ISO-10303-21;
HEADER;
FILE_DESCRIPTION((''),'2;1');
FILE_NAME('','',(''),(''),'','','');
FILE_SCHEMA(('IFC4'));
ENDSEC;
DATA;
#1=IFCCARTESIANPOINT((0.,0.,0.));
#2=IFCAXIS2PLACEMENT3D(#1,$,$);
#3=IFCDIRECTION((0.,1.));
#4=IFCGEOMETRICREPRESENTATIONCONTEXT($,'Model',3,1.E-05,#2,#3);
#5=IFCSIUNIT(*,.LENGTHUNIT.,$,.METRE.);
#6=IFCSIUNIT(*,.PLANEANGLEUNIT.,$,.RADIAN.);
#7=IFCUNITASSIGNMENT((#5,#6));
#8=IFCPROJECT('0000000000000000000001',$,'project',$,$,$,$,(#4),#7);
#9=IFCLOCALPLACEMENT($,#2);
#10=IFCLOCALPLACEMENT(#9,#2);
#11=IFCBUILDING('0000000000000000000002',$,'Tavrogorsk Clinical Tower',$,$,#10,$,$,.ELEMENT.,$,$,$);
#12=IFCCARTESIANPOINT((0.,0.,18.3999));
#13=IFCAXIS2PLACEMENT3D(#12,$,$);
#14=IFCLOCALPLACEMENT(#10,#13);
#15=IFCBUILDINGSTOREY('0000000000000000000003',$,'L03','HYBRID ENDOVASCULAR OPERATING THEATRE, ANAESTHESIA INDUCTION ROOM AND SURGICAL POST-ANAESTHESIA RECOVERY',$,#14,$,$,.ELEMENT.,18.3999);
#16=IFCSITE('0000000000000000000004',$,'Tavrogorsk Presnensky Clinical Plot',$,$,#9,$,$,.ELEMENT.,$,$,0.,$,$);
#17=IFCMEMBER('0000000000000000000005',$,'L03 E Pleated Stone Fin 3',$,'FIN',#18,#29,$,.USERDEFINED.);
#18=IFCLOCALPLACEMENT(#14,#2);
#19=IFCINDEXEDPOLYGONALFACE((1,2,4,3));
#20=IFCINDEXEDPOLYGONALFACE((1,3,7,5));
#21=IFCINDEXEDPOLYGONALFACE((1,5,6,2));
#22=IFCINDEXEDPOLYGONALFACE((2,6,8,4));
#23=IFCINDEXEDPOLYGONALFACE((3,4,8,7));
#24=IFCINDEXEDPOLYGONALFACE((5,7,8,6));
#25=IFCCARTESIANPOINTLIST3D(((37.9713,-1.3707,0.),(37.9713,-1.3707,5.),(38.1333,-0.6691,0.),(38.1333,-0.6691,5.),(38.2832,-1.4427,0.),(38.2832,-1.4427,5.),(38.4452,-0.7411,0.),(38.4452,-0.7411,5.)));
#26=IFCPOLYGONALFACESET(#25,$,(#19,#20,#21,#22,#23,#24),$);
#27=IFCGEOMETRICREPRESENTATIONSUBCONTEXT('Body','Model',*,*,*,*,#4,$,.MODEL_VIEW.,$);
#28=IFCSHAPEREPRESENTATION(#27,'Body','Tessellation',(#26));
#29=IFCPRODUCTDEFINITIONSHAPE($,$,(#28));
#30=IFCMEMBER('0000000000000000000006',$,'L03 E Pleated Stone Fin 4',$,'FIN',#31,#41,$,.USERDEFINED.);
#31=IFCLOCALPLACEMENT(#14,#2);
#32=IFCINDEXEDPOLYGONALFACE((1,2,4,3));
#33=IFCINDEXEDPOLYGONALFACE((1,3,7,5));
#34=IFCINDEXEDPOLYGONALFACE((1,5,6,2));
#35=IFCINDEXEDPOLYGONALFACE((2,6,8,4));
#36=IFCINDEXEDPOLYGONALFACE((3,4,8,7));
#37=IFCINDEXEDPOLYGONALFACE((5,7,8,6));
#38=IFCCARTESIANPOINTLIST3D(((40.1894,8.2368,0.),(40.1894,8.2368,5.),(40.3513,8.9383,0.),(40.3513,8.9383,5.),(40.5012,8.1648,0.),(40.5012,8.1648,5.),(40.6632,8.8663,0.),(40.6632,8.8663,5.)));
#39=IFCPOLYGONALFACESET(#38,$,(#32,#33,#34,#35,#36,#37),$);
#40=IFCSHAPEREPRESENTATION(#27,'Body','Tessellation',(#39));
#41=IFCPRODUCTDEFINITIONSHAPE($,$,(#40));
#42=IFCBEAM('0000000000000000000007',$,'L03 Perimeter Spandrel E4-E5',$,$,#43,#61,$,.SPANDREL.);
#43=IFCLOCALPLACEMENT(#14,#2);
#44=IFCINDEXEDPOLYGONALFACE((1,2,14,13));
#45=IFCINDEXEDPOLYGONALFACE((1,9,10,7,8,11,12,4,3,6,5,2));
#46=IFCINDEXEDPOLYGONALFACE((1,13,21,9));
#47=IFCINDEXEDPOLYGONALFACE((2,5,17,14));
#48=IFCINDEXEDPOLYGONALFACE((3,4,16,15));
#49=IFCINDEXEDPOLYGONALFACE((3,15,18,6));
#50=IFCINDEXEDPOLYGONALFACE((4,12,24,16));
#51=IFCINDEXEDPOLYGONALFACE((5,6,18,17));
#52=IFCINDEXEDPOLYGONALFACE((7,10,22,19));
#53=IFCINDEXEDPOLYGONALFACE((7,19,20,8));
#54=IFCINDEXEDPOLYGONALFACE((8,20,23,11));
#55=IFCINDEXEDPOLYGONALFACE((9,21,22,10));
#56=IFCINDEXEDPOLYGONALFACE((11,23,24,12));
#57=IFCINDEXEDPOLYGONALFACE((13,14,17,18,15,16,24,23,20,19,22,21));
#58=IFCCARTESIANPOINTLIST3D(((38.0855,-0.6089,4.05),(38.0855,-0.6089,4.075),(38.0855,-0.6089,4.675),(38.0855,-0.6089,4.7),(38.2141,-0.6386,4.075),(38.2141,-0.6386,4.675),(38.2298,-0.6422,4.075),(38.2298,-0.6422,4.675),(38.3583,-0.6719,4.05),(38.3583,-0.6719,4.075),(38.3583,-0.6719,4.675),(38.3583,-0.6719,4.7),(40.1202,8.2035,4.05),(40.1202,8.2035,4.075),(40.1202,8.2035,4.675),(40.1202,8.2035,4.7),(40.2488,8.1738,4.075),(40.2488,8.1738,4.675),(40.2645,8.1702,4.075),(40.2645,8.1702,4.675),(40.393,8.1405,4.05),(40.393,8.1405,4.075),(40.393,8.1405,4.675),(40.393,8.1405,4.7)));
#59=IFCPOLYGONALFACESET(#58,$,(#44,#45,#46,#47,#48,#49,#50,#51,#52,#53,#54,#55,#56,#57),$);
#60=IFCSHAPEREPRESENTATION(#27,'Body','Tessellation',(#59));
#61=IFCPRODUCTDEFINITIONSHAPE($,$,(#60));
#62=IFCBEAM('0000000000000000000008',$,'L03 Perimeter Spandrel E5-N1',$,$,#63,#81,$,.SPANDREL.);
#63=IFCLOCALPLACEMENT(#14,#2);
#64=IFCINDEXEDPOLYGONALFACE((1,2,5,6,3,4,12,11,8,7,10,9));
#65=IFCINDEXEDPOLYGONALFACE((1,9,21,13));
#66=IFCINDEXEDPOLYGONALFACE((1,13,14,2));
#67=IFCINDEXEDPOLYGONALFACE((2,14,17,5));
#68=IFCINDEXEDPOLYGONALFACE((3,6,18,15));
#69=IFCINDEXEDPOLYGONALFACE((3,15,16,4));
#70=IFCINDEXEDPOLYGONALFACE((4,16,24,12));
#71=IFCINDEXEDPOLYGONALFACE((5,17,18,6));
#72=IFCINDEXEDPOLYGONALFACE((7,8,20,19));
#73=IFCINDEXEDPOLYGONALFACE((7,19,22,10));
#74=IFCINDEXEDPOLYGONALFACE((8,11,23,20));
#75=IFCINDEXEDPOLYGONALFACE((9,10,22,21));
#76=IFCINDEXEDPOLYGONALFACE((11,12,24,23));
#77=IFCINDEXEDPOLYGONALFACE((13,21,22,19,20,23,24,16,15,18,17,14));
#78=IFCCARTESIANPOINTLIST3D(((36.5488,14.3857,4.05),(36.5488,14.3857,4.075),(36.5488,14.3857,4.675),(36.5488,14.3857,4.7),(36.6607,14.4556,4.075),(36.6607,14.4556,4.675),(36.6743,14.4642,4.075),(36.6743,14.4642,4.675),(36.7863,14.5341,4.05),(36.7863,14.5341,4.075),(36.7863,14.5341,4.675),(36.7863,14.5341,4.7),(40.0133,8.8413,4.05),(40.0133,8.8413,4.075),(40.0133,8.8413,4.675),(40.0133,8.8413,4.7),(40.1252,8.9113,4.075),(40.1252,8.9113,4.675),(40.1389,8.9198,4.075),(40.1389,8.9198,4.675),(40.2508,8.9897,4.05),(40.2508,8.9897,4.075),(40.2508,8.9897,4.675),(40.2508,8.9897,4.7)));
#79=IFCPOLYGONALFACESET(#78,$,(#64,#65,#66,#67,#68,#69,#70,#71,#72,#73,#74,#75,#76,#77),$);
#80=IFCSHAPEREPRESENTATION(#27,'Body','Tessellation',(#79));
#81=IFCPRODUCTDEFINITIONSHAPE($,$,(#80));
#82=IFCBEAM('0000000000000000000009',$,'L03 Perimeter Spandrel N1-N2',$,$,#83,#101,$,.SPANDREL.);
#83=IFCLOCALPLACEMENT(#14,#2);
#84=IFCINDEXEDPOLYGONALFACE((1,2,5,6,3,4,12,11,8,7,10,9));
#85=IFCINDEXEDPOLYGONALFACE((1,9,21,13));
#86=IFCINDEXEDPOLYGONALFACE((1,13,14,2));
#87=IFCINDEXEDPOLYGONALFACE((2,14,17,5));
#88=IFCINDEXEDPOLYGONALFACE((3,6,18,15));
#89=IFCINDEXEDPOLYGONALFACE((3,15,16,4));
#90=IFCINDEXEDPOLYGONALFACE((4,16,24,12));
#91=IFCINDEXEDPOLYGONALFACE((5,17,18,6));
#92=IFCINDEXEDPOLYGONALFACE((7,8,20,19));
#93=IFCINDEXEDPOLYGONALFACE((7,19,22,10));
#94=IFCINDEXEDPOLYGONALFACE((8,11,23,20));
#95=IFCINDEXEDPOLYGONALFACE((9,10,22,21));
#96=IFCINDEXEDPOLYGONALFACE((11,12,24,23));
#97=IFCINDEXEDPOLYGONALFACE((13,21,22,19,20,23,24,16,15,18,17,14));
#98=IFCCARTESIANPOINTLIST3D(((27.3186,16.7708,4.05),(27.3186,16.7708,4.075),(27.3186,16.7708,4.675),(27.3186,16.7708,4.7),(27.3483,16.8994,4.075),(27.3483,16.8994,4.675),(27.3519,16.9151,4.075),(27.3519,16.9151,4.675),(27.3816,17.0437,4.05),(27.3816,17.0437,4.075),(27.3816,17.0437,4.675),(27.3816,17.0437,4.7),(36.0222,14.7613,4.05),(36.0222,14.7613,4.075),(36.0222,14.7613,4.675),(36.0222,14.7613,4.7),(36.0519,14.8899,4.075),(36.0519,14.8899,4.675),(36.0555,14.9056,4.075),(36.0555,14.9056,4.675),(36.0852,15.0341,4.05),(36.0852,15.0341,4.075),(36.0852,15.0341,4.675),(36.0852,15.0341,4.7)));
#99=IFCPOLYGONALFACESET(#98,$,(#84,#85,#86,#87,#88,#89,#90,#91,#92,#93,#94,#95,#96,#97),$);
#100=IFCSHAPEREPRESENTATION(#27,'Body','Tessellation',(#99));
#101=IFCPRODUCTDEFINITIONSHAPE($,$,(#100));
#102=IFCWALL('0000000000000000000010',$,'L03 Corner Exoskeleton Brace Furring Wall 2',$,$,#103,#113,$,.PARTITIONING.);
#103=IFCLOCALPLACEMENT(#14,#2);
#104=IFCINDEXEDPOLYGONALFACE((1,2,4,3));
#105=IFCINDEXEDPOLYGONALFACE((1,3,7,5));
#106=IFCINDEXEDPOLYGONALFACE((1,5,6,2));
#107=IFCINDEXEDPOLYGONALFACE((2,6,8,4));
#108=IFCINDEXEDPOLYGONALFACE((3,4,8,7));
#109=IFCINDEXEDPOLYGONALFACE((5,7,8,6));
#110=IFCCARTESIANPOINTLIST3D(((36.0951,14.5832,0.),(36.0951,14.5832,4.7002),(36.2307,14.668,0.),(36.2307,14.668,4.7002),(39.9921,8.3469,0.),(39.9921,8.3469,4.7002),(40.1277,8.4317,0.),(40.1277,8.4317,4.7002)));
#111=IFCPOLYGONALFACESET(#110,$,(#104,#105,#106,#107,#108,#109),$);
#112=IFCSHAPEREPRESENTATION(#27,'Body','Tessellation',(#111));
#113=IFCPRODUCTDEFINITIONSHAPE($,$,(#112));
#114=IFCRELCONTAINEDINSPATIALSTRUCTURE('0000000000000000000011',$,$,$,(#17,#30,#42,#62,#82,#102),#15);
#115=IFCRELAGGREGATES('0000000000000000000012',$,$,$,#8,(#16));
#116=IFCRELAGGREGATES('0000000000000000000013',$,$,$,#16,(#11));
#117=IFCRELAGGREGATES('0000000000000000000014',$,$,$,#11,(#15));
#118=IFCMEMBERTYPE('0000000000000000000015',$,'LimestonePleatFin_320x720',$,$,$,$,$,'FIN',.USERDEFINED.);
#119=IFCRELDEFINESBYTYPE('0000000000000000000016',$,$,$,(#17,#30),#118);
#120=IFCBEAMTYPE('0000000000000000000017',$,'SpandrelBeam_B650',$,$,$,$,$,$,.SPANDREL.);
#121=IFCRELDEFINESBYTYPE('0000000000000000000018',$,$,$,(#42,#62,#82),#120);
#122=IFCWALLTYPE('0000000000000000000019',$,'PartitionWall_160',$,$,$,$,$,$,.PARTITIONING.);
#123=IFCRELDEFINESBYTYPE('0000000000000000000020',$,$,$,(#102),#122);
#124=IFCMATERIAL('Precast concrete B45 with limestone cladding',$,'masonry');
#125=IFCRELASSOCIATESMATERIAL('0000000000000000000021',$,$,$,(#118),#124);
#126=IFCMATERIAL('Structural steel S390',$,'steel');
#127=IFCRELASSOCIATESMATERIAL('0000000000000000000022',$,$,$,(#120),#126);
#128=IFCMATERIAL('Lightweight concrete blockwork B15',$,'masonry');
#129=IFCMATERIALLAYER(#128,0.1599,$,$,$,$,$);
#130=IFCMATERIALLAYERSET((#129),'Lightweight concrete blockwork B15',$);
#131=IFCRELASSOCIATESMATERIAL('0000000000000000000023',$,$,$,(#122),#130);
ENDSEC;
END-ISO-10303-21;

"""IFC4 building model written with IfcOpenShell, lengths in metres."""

from ifc_helpers import new_model, si_unit, direction, frame, frame_2d, origin, origin_2d, place, context, subcontext, project, spatial, rectangle, i_section, extrude, material, layer, layer_set, material_profile, profile_set, type_object, element, save


model = new_model("IFC4")

# Units and contexts
model_context = context("Model", 3, precision=1e-05, world=origin(), true_north=direction((0.0, 1.0)))
body_context = subcontext(model_context, "Body", "Model", "MODEL_VIEW")
ifc_project = project(units=[si_unit("LENGTHUNIT", "METRE"), si_unit("PLANEANGLEUNIT", "RADIAN")], contexts=[model_context])

# Site, building, storey
site_placement = place(None, origin())
site = spatial("IfcSite", under=ifc_project, at=site_placement, Name="Tavrogorsk Presnensky Clinical Plot", CompositionType="ELEMENT", RefElevation=0.0)
building_placement = place(site_placement, origin())
building = spatial("IfcBuilding", under=site, at=building_placement, Name="Tavrogorsk Clinical Tower", CompositionType="ELEMENT")
storey_placement = place(building_placement, frame((0.0, 0.0, 18.3999)))
storey = spatial("IfcBuildingStorey", under=building, at=storey_placement, Name="L03", Description="HYBRID ENDOVASCULAR OPERATING THEATRE, ANAESTHESIA INDUCTION ROOM AND SURGICAL POST-ANAESTHESIA RECOVERY", CompositionType="ELEMENT", Elevation=18.3999)

# Members
ifc_material_1 = material(Name="Precast concrete B45 with limestone cladding", Category="masonry")
ifc_material_profile_1 = material_profile(ifc_material_1, rectangle(XDim=0.3201, YDim=0.72, at=origin_2d()), Name="LIMESTONE-FIN-320x720")
ifc_profile_set_1 = profile_set([ifc_material_profile_1], Name="Precast concrete B45 with limestone cladding")
member_type_1 = type_object("IfcMemberType", Name="LimestonePleatFin_320x720", ElementType="FIN", PredefinedType="USERDEFINED", material=ifc_profile_set_1)
for number, where, z_axis, x_axis, name in (
    (1, (38.2083, -1.0559, 0.0), (0.0, 0.0, 1.0), (0.97437, -0.224951, 0.0), "L03 E Pleated Stone Fin 3"),
    (2, (40.4263, 8.5515, 0.0), (0.0, 0.0, 1.0), (0.97437, -0.224951, 0.0), "L03 E Pleated Stone Fin 4"),
):
    element("IfcMember", number, at=place(storey_placement, frame(where, z_axis=z_axis, x_axis=x_axis)), inside=storey, type_object=member_type_1, Name=name, ObjectType="FIN", PredefinedType="USERDEFINED", context=body_context, shape_type="SweptSolid", body=[
        extrude(rectangle(XDim=0.3201, YDim=0.72, at=origin_2d()), origin(), (0.0, 0.0, 1.0), 5.0),
    ])

# Beams
ifc_material_2 = material(Name="Structural steel S390", Category="steel")
ifc_material_profile_2 = material_profile(ifc_material_2, i_section(OverallWidth=0.28, OverallDepth=0.6499, WebThickness=0.0161, FlangeThickness=0.0249, at=origin_2d()), Name="B-650x280x16x25")
ifc_profile_set_2 = profile_set([ifc_material_profile_2], Name="Structural steel S390")
beam_type_1 = type_object("IfcBeamType", Name="SpandrelBeam_B650", PredefinedType="SPANDREL", material=ifc_profile_set_2)
beam_1_placement = place(storey_placement, frame((38.2219, -0.6404, 4.375), z_axis=(0.224972, 0.974365, 0.0), x_axis=(-0.974365, 0.224972, 0.0)))
element("IfcBeam", 3, at=beam_1_placement, inside=storey, type_object=beam_type_1, Name="L03 Perimeter Spandrel E4-E5", PredefinedType="SPANDREL", context=body_context, shape_type="SweptSolid", body=[
    extrude(i_section(OverallWidth=0.28, OverallDepth=0.6499, WebThickness=0.0161, FlangeThickness=0.0249, at=origin_2d()), origin(), (0.0, 0.0, 1.0), 9.0442),
])
beam_2_placement = place(storey_placement, frame((40.1321, 8.9155, 4.375), z_axis=(-0.529925, 0.848044, 0.0), x_axis=(-0.848044, -0.529925, 0.0)))
element("IfcBeam", 4, at=beam_2_placement, inside=storey, type_object=beam_type_1, Name="L03 Perimeter Spandrel E5-N1", PredefinedType="SPANDREL", context=body_context, shape_type="SweptSolid", body=[
    extrude(i_section(OverallWidth=0.28, OverallDepth=0.6499, WebThickness=0.0161, FlangeThickness=0.0249, at=origin_2d()), origin(), (0.0, 0.0, 1.0), 6.5378),
])
beam_3_placement = place(storey_placement, frame((36.0537, 14.8977, 4.375), z_axis=(-0.974367, 0.224965, 0.0), x_axis=(-0.224965, -0.974367, 0.0)))
element("IfcBeam", 5, at=beam_3_placement, inside=storey, type_object=beam_type_1, Name="L03 Perimeter Spandrel N1-N2", PredefinedType="SPANDREL", context=body_context, shape_type="SweptSolid", body=[
    extrude(i_section(OverallWidth=0.28, OverallDepth=0.6499, WebThickness=0.0161, FlangeThickness=0.0249, at=origin_2d()), origin(), (0.0, 0.0, 1.0), 8.9326),
])

# Wall
ifc_material_3 = material(Name="Lightweight concrete blockwork B15", Category="masonry")
ifc_layer_1 = layer(ifc_material_3, 0.1599)
ifc_layer_set_1 = layer_set([ifc_layer_1], Name="Lightweight concrete blockwork B15")
wall_type_1 = type_object("IfcWallType", Name="PartitionWall_160", PredefinedType="PARTITIONING", material=ifc_layer_set_1)
wall_1_placement = place(storey_placement, frame((40.0598, 8.3894, 0.0), z_axis=(0.0, 0.0, 1.0), x_axis=(-0.529927, 0.848043, 0.0)))
element("IfcWall", 6, at=wall_1_placement, inside=storey, type_object=wall_type_1, Name="L03 Corner Exoskeleton Brace Furring Wall 2", PredefinedType="PARTITIONING", context=body_context, shape_type="SweptSolid", body=[
    extrude(rectangle(XDim=7.3538, YDim=0.1599, at=frame_2d((3.6768, 0.0))), origin(), (0.0, 0.0, 1.0), 4.7002),
])

save(model, "model.ifc")
